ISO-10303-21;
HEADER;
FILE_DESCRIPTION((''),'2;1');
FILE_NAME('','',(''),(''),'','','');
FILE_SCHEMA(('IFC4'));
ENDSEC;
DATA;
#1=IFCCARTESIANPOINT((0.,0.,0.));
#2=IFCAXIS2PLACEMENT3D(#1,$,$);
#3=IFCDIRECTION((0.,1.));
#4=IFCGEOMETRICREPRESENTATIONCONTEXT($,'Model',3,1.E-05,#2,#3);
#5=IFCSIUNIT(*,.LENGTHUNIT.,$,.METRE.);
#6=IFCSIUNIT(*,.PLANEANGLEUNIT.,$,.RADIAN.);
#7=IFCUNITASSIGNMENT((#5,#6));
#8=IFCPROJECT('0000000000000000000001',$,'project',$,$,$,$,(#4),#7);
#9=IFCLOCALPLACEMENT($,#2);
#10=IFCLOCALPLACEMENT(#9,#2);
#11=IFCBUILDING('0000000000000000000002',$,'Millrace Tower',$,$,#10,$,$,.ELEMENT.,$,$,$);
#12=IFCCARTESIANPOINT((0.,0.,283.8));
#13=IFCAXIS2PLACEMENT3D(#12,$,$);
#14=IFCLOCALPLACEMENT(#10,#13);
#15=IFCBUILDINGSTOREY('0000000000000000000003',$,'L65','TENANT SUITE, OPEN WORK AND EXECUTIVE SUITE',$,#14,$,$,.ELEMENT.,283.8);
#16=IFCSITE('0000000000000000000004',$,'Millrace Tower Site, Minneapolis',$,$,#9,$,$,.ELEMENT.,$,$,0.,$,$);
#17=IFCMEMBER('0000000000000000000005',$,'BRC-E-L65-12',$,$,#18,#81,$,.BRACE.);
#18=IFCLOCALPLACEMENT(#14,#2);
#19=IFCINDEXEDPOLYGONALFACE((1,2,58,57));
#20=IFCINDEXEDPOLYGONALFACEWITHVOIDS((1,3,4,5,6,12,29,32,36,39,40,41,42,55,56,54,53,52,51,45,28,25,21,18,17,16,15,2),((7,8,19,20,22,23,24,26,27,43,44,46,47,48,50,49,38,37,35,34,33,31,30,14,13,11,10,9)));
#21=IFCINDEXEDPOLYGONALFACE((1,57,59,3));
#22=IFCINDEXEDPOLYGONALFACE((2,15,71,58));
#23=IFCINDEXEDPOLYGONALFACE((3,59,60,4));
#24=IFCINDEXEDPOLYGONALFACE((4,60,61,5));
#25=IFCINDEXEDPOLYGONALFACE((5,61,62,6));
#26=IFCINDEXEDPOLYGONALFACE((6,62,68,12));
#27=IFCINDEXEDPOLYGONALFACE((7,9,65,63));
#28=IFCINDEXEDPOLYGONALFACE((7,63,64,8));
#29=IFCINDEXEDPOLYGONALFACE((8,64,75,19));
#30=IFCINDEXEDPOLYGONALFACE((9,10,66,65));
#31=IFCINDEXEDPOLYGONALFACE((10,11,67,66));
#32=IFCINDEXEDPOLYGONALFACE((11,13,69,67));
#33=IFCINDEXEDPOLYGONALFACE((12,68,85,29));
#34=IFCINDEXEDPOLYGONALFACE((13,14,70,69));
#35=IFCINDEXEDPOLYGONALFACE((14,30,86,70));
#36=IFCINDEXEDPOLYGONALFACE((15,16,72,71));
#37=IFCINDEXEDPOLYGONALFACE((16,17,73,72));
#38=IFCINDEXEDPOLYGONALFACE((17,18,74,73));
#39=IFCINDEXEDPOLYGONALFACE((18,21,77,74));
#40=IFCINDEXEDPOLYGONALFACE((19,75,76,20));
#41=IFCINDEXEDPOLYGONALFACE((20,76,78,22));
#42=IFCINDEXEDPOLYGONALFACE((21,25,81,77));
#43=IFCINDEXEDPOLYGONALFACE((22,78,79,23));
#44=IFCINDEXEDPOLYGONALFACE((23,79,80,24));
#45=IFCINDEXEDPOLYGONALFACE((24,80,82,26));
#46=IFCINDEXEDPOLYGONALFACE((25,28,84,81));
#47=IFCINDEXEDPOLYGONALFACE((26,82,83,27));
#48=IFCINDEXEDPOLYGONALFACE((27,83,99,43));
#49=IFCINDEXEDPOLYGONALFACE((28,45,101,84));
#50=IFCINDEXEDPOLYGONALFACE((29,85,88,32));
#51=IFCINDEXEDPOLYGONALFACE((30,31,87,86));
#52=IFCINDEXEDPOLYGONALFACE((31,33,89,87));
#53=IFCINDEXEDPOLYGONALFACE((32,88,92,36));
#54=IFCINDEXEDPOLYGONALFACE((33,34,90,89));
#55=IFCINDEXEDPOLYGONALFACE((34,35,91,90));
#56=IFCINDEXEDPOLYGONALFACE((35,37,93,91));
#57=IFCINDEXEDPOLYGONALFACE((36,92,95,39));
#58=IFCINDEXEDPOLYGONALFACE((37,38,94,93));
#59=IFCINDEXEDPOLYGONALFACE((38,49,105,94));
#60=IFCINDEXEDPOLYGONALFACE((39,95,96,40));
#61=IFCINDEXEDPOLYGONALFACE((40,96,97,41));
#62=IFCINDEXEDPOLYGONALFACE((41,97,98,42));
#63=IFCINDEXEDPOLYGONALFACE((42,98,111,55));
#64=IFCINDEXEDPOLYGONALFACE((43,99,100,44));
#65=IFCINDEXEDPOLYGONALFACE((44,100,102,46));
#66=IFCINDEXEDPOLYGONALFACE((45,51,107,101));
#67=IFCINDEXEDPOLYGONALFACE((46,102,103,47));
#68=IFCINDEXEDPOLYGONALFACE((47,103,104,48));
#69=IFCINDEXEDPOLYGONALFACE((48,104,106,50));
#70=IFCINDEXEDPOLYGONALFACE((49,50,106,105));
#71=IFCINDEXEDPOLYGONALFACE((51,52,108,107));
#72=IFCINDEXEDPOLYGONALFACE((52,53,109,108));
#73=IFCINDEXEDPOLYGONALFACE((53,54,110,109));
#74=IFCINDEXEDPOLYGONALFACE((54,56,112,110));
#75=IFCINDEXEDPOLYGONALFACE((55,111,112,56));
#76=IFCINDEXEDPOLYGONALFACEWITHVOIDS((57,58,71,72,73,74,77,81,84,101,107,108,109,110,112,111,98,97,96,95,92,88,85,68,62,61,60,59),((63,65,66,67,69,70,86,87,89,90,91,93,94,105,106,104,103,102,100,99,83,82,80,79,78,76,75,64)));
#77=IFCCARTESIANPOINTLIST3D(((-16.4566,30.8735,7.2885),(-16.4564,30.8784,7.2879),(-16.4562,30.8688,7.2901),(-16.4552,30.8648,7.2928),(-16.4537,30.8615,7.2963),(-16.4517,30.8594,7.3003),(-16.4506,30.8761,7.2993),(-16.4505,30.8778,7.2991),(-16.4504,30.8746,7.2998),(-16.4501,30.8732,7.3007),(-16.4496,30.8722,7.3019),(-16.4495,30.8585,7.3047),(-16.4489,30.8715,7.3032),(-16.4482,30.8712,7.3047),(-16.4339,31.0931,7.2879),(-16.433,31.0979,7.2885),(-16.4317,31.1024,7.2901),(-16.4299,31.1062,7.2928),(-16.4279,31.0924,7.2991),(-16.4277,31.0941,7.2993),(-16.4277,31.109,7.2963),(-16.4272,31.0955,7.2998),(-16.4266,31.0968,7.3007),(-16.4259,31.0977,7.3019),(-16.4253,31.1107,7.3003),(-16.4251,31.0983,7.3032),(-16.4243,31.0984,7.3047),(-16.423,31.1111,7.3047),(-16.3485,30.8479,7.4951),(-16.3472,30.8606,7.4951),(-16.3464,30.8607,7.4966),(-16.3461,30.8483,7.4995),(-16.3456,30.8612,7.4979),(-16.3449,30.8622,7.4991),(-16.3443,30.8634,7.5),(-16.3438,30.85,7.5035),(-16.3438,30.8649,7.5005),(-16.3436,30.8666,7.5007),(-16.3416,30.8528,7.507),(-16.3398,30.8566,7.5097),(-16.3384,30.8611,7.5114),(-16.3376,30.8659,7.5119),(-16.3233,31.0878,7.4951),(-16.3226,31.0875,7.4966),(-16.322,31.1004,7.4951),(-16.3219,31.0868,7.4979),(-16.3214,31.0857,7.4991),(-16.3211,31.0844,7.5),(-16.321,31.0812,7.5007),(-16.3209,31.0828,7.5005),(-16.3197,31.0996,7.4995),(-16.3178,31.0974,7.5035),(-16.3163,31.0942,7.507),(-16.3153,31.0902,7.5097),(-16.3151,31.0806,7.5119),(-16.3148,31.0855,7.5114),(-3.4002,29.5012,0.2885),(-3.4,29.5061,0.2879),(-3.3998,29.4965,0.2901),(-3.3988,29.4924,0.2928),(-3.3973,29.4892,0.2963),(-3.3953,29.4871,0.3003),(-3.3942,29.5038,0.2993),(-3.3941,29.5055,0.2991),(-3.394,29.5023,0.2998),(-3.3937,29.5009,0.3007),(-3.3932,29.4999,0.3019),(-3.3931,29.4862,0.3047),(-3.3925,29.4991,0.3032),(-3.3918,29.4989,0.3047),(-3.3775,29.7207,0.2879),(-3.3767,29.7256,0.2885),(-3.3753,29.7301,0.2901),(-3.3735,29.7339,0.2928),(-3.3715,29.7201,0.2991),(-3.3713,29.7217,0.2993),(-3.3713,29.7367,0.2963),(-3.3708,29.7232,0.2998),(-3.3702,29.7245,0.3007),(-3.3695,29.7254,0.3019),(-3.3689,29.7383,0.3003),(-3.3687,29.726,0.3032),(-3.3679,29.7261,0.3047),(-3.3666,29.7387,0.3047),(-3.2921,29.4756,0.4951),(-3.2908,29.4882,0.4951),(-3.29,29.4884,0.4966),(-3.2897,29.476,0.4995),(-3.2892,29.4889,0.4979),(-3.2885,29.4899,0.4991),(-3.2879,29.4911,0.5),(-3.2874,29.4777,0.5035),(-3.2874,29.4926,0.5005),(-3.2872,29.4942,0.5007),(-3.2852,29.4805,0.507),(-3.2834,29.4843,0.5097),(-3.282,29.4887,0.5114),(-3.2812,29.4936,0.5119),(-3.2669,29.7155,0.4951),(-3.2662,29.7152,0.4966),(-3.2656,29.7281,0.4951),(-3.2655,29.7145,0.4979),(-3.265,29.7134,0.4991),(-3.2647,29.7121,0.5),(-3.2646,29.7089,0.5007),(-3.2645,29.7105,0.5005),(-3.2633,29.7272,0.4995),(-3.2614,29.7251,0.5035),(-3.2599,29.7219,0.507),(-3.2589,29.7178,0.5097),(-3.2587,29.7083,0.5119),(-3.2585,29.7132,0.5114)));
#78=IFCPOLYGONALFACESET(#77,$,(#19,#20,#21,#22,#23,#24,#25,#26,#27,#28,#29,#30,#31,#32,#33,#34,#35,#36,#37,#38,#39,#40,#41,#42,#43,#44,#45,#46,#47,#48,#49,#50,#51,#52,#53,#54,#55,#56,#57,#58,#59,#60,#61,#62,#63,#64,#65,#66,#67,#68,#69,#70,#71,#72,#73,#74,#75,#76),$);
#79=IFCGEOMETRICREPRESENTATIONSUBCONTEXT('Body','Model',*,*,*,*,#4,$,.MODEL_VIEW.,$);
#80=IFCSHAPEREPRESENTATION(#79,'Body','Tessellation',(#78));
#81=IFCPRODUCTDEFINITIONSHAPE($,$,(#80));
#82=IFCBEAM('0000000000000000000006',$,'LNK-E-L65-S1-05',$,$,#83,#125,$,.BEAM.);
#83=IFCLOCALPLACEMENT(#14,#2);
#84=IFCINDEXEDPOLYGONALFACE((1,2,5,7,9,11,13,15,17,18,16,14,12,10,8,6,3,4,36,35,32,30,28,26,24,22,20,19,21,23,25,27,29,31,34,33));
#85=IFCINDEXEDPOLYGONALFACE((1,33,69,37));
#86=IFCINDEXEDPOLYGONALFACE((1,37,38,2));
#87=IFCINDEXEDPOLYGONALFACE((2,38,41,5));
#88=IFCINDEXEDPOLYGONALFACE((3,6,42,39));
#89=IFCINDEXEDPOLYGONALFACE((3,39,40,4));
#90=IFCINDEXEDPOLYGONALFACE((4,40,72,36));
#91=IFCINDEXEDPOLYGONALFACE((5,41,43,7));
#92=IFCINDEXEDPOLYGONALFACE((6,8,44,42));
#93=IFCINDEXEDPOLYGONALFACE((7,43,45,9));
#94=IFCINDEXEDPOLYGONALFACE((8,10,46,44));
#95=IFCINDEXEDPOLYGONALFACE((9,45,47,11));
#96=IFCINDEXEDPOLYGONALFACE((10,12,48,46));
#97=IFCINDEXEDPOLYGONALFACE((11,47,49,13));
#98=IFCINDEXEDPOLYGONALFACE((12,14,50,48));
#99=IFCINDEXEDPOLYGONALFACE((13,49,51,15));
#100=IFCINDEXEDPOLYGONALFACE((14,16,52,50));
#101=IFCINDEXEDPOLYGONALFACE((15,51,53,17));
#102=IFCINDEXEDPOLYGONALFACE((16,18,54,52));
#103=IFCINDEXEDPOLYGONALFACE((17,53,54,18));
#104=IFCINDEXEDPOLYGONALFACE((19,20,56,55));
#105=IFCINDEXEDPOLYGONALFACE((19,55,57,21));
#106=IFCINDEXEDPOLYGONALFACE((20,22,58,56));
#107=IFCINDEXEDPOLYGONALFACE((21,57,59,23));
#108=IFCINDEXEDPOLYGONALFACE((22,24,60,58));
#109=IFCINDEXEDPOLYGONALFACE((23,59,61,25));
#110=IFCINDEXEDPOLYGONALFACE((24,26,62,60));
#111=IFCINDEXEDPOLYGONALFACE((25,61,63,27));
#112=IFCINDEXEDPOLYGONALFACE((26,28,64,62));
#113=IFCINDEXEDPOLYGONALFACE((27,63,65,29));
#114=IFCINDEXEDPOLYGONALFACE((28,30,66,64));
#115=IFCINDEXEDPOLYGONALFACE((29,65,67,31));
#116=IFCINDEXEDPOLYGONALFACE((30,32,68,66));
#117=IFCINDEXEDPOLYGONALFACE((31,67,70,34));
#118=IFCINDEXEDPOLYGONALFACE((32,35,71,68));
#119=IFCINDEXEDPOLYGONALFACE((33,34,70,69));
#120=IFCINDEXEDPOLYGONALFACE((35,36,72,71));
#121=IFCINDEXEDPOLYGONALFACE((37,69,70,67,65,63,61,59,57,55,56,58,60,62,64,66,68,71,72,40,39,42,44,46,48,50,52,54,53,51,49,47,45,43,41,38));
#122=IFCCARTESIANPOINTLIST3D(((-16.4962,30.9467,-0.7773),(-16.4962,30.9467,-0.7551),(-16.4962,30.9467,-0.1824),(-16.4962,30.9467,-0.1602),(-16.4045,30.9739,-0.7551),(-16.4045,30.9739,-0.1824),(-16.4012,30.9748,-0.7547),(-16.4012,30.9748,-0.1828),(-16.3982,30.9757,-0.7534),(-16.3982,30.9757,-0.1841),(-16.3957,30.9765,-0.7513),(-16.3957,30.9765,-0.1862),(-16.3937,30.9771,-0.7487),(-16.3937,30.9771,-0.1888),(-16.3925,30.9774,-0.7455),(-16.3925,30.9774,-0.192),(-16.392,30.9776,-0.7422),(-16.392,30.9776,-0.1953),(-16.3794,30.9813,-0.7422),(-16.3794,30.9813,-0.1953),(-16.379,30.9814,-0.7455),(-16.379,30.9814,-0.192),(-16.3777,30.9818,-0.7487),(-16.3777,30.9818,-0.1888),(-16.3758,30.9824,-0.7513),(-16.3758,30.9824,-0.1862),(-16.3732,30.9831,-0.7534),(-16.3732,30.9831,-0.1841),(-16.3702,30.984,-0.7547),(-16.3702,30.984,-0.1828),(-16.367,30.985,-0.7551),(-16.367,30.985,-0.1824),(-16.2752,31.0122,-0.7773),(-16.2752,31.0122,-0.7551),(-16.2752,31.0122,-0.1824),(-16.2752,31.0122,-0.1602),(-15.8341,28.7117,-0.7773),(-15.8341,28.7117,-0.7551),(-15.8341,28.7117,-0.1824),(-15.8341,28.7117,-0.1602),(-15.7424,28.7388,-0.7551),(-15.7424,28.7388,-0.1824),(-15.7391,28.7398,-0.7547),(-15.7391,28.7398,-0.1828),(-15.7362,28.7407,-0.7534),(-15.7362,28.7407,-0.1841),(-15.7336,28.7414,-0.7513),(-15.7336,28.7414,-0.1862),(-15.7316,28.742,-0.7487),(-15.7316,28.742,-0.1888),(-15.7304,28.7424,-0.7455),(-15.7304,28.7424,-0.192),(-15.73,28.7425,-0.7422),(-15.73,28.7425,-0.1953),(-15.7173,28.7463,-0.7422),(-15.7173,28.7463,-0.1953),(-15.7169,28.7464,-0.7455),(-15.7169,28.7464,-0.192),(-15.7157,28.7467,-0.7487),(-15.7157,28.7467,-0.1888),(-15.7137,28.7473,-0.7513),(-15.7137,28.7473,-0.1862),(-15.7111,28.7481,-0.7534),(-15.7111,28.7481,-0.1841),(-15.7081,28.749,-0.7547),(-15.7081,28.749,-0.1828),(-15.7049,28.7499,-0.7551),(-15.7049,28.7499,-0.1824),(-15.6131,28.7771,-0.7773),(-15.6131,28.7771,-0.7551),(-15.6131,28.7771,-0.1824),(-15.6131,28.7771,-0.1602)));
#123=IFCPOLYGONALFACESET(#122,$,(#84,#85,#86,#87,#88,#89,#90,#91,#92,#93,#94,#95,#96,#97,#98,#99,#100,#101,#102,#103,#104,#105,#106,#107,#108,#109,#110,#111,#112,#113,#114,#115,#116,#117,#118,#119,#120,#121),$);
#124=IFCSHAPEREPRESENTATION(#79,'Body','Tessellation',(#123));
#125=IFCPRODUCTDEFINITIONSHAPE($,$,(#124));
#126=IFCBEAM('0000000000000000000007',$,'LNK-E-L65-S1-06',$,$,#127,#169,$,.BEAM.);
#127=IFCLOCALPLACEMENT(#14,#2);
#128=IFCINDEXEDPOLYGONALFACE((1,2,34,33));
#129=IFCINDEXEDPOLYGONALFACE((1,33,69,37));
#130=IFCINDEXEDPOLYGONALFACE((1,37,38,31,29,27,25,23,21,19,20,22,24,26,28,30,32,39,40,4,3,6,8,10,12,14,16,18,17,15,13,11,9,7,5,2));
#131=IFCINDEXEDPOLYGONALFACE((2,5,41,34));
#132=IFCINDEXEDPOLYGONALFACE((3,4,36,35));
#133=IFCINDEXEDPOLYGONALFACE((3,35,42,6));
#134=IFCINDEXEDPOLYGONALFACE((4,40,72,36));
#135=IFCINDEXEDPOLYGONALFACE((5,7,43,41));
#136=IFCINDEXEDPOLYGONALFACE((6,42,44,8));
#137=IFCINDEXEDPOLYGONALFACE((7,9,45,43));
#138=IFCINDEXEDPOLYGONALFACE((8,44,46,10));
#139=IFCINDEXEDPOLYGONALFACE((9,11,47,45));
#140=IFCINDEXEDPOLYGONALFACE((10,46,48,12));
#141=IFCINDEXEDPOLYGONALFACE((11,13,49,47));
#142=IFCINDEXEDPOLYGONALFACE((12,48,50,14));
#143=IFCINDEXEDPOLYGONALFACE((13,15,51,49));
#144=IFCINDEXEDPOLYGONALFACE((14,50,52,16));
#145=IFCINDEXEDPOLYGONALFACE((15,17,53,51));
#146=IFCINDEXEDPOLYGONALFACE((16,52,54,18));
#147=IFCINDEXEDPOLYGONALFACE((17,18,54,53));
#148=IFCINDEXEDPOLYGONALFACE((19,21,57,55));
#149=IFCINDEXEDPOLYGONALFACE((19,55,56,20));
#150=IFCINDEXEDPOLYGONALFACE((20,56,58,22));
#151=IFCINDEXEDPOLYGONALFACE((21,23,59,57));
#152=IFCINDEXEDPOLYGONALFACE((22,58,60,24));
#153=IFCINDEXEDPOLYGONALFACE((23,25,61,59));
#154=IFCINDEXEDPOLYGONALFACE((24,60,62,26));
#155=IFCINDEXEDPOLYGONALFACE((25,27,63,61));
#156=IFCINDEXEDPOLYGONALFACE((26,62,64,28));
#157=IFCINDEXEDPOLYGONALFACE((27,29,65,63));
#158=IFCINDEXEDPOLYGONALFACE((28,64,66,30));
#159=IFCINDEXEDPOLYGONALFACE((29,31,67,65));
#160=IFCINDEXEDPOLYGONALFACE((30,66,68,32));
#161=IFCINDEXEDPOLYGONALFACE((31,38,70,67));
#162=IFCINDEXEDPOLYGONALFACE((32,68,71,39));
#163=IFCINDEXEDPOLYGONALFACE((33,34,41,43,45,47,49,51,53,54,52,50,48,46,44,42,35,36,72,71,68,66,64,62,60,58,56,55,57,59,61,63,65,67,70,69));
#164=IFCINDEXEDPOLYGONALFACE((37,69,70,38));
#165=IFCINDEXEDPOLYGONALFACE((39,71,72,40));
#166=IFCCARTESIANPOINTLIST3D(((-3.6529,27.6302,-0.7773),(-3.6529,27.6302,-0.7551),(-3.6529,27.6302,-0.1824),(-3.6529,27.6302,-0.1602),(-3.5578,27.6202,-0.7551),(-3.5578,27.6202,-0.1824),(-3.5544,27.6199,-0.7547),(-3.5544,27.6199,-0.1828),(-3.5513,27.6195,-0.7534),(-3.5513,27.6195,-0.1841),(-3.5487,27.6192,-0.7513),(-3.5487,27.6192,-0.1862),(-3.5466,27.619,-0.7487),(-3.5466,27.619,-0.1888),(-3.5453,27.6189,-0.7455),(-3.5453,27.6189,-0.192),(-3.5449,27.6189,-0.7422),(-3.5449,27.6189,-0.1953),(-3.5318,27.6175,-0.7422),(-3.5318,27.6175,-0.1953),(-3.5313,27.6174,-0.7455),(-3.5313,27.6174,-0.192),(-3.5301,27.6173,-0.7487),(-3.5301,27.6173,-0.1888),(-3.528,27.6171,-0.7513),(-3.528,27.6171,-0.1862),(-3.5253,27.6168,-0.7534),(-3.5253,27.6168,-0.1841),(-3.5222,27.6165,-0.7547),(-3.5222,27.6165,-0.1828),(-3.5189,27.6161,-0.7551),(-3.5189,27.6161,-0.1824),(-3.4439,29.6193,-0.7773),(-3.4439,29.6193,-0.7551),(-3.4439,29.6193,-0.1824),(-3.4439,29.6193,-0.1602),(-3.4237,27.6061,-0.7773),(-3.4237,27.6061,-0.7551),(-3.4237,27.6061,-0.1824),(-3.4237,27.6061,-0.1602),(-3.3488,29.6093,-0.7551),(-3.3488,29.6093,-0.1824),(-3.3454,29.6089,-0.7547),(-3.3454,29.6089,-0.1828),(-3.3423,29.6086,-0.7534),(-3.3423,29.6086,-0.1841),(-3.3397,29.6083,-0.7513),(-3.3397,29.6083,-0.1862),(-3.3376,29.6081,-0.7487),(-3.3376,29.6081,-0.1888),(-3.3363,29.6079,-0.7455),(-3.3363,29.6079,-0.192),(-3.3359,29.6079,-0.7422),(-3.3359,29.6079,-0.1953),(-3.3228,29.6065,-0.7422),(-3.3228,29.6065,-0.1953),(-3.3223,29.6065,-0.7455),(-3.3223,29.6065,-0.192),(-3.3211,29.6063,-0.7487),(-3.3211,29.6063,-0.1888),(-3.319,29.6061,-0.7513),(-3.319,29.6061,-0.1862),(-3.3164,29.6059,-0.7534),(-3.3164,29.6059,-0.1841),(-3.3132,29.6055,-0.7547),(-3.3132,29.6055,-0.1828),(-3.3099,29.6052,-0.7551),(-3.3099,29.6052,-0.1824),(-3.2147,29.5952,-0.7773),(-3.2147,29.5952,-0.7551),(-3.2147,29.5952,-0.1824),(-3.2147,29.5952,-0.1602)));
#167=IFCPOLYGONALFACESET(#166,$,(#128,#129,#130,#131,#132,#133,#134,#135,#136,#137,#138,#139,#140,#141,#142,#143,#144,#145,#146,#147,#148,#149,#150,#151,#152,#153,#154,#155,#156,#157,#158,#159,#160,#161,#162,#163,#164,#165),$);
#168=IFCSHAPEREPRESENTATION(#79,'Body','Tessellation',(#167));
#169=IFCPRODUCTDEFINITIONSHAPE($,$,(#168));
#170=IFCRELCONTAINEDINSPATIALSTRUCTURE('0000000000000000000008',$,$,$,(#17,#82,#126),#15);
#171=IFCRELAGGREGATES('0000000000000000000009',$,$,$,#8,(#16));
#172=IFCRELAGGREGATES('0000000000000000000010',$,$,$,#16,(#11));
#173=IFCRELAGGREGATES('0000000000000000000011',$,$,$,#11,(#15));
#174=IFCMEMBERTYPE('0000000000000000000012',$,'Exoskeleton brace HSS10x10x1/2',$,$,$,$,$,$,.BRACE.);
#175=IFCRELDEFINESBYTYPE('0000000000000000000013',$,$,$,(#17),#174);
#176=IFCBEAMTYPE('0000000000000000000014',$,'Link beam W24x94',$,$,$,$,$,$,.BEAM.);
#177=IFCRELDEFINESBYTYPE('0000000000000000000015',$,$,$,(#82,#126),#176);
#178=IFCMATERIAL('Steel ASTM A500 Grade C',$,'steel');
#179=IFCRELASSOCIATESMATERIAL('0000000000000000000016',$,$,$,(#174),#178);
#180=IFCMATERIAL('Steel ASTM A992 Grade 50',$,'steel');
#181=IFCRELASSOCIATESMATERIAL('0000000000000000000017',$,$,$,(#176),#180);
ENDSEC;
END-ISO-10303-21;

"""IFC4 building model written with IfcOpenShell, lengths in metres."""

from ifc_helpers import new_model, si_unit, direction, frame, origin, origin_2d, place, context, subcontext, project, spatial, hollow_rectangle, i_section, extrude, material, material_profile, profile_set, type_object, element, save


model = new_model("IFC4")

# Units and contexts
model_context = context("Model", 3, precision=1e-05, world=origin(), true_north=direction((0.0, 1.0)))
body_context = subcontext(model_context, "Body", "Model", "MODEL_VIEW")
ifc_project = project(units=[si_unit("LENGTHUNIT", "METRE"), si_unit("PLANEANGLEUNIT", "RADIAN")], contexts=[model_context])

# Site, building, storey
site_placement = place(None, origin())
site = spatial("IfcSite", under=ifc_project, at=site_placement, Name="Millrace Tower Site, Minneapolis", CompositionType="ELEMENT", RefElevation=0.0)
building_placement = place(site_placement, origin())
building = spatial("IfcBuilding", under=site, at=building_placement, Name="Millrace Tower", CompositionType="ELEMENT")
storey_placement = place(building_placement, frame((0.0, 0.0, 283.8)))
storey = spatial("IfcBuildingStorey", under=building, at=storey_placement, Name="L65", Description="TENANT SUITE, OPEN WORK AND EXECUTIVE SUITE", CompositionType="ELEMENT", Elevation=283.8)

# Member
ifc_material_1 = material(Name="Steel ASTM A500 Grade C", Category="steel")
ifc_material_profile_1 = material_profile(ifc_material_1, hollow_rectangle(XDim=0.2539, YDim=0.2539, WallThickness=0.0127, InnerFilletRadius=0.0063, OuterFilletRadius=0.019, at=origin_2d()))
ifc_profile_set_1 = profile_set([ifc_material_profile_1], Name="Steel ASTM A500 Grade C")
member_type_1 = type_object("IfcMemberType", Name="Exoskeleton brace HSS10x10x1/2", PredefinedType="BRACE", material=ifc_profile_set_1)
member_1_placement = place(storey_placement, frame((-3.3293, 29.6072, 0.3999), z_axis=(-0.877568, 0.092238, 0.470496), x_axis=(-0.104531, -0.994522, 0.0)))
element("IfcMember", 1, at=member_1_placement, inside=storey, type_object=member_type_1, Name="BRC-E-L65-12", PredefinedType="BRACE", context=body_context, shape_type="SweptSolid", body=[
    extrude(hollow_rectangle(XDim=0.2539, YDim=0.2539, WallThickness=0.0127, InnerFilletRadius=0.0063, OuterFilletRadius=0.019, at=origin_2d()), origin(), (0.0, 0.0, 1.0), 14.8779),
])

# Beams
ifc_material_2 = material(Name="Steel ASTM A992 Grade 50", Category="steel")
ifc_material_profile_2 = material_profile(ifc_material_2, i_section(OverallWidth=0.2305, OverallDepth=0.6172, WebThickness=0.0132, FlangeThickness=0.0222, FilletRadius=0.0129, at=origin_2d()))
ifc_profile_set_2 = profile_set([ifc_material_profile_2], Name="Steel ASTM A992 Grade 50")
beam_type_1 = type_object("IfcBeamType", Name="Link beam W24x94", PredefinedType="BEAM", material=ifc_profile_set_2)
beam_1_placement = place(storey_placement, frame((-15.7236, 28.7444, -0.4688), z_axis=(-0.284031, 0.958815, 0.0), x_axis=(-0.958815, -0.284031, 0.0)))
element("IfcBeam", 2, at=beam_1_placement, inside=storey, type_object=beam_type_1, Name="LNK-E-L65-S1-05", PredefinedType="BEAM", context=body_context, shape_type="SweptSolid", body=[
    extrude(i_section(OverallWidth=0.2305, OverallDepth=0.6172, WebThickness=0.0132, FlangeThickness=0.0222, FilletRadius=0.0129, at=origin_2d()), origin(), (0.0, 0.0, 1.0), 2.3311),
])
beam_2_placement = place(storey_placement, frame((-3.5383, 27.6182, -0.4688), z_axis=(0.104494, 0.994526, 0.0), x_axis=(-0.994526, 0.104494, 0.0)))
element("IfcBeam", 3, at=beam_2_placement, inside=storey, type_object=beam_type_1, Name="LNK-E-L65-S1-06", PredefinedType="BEAM", context=body_context, shape_type="SweptSolid", body=[
    extrude(i_section(OverallWidth=0.2305, OverallDepth=0.6172, WebThickness=0.0132, FlangeThickness=0.0222, FilletRadius=0.0129, at=origin_2d()), origin(), (0.0, 0.0, 1.0), 2.0),
])

save(model, "model.ifc")
